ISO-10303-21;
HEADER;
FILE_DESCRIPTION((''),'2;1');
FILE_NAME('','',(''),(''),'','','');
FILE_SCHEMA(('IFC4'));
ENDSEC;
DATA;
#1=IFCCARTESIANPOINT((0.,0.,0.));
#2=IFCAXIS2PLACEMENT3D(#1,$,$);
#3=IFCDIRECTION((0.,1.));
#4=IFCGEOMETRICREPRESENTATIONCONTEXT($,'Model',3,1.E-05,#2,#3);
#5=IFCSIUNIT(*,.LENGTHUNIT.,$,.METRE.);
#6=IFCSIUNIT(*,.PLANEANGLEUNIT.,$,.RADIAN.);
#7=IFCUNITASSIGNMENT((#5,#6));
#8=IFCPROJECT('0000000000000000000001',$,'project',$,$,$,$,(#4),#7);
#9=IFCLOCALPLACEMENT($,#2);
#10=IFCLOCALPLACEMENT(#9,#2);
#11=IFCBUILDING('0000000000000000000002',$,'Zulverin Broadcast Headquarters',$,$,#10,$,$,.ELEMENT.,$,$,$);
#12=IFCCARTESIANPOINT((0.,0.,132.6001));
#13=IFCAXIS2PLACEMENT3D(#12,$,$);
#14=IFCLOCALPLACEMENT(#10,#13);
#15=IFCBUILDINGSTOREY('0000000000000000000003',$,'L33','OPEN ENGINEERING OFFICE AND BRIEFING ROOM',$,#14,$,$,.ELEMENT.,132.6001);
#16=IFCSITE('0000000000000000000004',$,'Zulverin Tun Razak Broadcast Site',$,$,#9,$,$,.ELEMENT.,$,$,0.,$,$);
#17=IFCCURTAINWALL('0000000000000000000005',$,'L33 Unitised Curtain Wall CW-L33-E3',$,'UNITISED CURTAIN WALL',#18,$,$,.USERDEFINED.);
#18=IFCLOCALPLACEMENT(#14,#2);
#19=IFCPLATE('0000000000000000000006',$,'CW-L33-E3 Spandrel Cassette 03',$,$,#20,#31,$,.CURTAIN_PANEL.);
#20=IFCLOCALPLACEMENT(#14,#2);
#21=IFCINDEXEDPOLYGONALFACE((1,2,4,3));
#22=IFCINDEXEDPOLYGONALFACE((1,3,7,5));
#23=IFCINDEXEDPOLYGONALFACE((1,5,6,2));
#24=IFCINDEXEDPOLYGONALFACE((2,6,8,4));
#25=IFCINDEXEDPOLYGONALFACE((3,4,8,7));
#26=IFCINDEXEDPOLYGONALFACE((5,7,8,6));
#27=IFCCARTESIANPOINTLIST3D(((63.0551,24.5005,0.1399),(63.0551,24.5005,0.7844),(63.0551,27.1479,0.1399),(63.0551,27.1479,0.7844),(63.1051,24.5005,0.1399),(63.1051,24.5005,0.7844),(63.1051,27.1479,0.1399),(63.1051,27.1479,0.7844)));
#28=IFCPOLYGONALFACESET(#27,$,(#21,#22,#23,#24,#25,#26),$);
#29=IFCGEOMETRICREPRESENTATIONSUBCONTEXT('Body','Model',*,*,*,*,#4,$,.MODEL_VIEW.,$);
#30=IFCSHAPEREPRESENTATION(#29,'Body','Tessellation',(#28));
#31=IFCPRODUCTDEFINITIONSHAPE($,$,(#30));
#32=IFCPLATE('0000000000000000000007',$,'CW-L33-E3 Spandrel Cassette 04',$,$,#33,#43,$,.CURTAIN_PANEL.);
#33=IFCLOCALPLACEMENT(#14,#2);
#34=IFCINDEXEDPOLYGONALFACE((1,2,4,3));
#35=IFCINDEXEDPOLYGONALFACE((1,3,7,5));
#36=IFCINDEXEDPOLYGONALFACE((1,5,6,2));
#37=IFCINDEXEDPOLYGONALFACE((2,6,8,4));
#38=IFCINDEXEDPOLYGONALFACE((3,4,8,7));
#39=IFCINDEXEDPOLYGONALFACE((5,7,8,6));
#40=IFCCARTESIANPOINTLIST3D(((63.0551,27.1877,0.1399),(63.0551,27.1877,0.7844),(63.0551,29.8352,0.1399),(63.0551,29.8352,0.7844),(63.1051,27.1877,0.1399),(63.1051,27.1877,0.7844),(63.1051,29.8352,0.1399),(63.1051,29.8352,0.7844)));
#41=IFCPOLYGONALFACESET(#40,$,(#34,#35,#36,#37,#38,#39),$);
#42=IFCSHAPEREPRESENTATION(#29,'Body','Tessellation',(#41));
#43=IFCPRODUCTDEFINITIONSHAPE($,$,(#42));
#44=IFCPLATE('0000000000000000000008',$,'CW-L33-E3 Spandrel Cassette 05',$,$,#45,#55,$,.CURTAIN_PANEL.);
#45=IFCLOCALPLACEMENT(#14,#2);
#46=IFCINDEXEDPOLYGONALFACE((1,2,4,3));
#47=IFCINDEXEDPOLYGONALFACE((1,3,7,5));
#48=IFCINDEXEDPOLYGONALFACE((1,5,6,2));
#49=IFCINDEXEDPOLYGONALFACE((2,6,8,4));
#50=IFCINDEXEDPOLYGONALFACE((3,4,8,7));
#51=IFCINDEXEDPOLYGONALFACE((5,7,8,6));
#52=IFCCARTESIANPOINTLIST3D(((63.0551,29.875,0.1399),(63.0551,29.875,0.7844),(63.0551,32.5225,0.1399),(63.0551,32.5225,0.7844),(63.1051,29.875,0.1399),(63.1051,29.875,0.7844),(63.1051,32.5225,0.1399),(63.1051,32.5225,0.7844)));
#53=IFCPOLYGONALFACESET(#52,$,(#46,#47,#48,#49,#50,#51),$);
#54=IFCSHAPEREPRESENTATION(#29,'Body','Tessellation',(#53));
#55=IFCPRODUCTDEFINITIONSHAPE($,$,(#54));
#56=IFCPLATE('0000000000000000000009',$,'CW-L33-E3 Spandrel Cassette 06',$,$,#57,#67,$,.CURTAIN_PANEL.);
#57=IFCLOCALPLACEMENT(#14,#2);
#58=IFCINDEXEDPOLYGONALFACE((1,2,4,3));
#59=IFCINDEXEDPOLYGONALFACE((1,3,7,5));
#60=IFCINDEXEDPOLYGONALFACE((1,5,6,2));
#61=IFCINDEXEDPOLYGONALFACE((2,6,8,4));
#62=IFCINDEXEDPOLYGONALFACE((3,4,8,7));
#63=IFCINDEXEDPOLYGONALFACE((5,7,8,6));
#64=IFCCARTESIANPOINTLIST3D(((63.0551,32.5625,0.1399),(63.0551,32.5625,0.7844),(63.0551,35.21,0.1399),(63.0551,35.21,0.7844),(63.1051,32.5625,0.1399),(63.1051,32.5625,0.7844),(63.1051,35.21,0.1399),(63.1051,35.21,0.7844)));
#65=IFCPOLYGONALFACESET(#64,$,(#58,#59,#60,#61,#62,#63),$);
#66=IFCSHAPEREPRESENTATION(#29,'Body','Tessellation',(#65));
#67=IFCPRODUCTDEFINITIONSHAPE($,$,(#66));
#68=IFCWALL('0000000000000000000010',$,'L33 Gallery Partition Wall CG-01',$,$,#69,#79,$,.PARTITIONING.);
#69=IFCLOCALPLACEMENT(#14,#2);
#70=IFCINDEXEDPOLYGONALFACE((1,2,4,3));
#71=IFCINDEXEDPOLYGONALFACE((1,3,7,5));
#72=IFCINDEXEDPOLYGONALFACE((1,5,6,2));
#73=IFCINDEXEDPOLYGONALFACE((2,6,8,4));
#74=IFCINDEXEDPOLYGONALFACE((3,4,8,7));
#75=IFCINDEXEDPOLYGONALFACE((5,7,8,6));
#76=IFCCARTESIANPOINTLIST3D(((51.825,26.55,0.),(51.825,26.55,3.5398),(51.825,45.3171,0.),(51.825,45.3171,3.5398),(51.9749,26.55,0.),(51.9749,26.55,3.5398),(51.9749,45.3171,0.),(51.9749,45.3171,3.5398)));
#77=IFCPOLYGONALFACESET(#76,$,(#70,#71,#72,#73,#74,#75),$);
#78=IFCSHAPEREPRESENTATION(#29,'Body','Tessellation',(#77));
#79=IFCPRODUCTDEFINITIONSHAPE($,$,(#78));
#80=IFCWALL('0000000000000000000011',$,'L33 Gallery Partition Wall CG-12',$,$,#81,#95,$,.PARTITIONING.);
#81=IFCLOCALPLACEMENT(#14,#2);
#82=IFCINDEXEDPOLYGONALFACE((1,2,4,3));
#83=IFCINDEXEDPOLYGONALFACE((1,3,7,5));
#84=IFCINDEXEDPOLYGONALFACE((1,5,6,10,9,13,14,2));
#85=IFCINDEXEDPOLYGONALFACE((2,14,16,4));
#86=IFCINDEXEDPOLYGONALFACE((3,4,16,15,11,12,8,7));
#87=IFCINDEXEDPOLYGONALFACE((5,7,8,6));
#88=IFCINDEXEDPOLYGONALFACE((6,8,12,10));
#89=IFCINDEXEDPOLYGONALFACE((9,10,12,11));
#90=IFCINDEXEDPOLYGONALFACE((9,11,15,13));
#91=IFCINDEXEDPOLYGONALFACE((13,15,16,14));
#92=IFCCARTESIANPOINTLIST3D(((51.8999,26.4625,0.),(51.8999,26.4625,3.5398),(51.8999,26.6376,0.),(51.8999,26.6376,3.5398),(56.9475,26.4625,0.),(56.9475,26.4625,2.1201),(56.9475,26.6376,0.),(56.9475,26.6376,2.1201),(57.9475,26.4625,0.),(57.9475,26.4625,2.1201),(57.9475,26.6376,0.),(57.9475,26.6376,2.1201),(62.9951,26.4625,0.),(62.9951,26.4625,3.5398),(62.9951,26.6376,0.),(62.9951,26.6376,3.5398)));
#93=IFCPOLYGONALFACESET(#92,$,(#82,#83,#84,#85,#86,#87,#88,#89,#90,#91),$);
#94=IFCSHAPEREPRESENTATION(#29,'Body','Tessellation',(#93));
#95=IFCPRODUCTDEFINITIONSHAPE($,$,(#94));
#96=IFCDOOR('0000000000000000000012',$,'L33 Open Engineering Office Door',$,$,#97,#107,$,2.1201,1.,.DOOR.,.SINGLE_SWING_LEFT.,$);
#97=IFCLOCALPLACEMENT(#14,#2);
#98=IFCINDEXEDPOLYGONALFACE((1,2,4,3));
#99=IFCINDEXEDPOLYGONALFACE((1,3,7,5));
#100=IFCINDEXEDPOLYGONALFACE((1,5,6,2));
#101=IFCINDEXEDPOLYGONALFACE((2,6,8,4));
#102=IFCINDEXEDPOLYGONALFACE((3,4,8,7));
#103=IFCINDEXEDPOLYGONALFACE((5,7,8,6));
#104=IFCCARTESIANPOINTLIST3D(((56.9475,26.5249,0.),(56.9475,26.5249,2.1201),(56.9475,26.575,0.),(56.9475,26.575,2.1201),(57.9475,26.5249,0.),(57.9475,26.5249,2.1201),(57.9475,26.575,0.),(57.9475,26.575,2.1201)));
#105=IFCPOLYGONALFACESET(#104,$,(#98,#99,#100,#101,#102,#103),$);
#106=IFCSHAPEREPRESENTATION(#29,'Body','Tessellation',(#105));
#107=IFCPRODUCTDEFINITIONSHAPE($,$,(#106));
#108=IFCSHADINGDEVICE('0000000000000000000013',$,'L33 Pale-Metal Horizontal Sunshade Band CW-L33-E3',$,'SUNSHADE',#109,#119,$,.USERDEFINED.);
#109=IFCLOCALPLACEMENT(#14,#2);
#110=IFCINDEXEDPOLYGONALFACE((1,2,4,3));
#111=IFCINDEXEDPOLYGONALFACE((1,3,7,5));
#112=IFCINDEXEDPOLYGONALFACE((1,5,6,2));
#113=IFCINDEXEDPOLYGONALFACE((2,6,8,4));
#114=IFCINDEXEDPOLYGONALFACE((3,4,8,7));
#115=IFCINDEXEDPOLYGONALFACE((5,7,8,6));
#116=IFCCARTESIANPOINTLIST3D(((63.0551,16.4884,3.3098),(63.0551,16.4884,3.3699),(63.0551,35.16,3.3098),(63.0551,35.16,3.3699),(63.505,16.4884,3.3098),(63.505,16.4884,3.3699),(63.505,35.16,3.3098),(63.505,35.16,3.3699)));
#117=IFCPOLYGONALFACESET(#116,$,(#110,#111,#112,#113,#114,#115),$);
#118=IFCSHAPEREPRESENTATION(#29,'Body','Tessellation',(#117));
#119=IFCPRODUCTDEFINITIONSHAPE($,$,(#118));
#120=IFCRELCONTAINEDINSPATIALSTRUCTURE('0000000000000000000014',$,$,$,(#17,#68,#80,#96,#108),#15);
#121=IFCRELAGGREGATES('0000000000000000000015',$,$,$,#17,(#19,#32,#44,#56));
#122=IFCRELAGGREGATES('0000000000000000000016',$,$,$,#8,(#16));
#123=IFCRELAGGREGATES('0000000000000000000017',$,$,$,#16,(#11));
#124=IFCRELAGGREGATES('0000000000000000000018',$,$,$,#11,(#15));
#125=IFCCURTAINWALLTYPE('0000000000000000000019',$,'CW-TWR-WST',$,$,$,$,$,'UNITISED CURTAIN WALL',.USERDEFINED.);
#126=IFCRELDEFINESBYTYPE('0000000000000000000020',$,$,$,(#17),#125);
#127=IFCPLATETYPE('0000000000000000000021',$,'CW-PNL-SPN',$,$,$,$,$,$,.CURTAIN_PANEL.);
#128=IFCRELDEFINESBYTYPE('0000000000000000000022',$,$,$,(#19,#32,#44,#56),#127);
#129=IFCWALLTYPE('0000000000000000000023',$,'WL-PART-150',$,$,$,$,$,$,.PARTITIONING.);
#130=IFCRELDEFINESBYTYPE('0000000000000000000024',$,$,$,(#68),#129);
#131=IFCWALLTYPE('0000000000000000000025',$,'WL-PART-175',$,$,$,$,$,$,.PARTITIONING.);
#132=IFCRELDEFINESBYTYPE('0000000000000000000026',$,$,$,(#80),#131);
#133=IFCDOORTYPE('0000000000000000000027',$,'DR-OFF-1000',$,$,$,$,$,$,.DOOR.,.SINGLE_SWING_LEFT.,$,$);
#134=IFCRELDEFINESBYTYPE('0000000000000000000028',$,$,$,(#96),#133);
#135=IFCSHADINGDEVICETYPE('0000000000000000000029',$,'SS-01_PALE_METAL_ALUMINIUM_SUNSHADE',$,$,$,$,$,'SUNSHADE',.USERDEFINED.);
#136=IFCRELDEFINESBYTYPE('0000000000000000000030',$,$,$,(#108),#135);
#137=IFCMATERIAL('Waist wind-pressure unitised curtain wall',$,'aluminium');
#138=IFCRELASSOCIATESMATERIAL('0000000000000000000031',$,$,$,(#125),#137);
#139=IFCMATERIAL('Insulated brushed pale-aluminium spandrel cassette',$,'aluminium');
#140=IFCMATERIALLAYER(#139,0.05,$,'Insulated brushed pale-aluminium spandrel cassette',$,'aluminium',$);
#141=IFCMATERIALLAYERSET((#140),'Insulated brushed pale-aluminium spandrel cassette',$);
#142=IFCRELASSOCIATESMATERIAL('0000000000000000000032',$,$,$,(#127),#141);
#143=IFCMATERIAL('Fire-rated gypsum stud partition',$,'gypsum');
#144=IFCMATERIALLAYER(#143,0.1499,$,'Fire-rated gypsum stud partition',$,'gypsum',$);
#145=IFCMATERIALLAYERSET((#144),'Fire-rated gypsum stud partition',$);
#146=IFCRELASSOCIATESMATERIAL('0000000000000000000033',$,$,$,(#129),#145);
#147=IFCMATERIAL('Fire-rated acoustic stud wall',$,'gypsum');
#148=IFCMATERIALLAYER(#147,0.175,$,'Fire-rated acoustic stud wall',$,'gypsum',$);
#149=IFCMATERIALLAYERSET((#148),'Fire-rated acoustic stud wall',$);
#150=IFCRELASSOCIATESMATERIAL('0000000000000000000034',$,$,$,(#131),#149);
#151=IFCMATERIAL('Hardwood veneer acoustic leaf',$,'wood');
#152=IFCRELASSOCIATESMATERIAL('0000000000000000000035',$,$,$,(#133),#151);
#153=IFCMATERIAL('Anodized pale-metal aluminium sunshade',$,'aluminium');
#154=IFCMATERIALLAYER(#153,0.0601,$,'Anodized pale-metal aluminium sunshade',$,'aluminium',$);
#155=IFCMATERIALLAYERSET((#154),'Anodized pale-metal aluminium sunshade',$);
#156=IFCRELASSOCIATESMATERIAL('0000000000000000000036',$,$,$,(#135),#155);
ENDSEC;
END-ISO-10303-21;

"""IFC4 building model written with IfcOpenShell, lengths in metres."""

from ifc_helpers import new_model, si_unit, direction, frame, frame_2d, origin, origin_2d, place, context, subcontext, project, spatial, rectangle, extrude, material, layer, layer_set, type_object, element, fill, aggregate, save


model = new_model("IFC4")

# Units and contexts
model_context = context("Model", 3, precision=1e-05, world=origin(), true_north=direction((0.0, 1.0)))
body_context = subcontext(model_context, "Body", "Model", "MODEL_VIEW")
ifc_project = project(units=[si_unit("LENGTHUNIT", "METRE"), si_unit("PLANEANGLEUNIT", "RADIAN")], contexts=[model_context])

# Site, building, storey
site_placement = place(None, origin())
site = spatial("IfcSite", under=ifc_project, at=site_placement, Name="Zulverin Tun Razak Broadcast Site", CompositionType="ELEMENT", RefElevation=0.0)
building_placement = place(site_placement, origin())
building = spatial("IfcBuilding", under=site, at=building_placement, Name="Zulverin Broadcast Headquarters", CompositionType="ELEMENT")
storey_placement = place(building_placement, frame((0.0, 0.0, 132.6001)))
storey = spatial("IfcBuildingStorey", under=building, at=storey_placement, Name="L33", Description="OPEN ENGINEERING OFFICE AND BRIEFING ROOM", CompositionType="ELEMENT", Elevation=132.6001)

# Curtain wall, plates
ifc_material_1 = material(Name="Waist wind-pressure unitised curtain wall", Category="aluminium")
curtain_wall_type = type_object("IfcCurtainWallType", Name="CW-TWR-WST", ElementType="UNITISED CURTAIN WALL", PredefinedType="USERDEFINED", material=ifc_material_1)
curtain_wall_placement = place(storey_placement, origin())
curtain_wall = element("IfcCurtainWall", 1, at=curtain_wall_placement, inside=storey, type_object=curtain_wall_type, Name="L33 Unitised Curtain Wall CW-L33-E3", ObjectType="UNITISED CURTAIN WALL", PredefinedType="USERDEFINED")
ifc_material_2 = material(Name="Insulated brushed pale-aluminium spandrel cassette", Category="aluminium")
ifc_layer_1 = layer(ifc_material_2, 0.05, Name="Insulated brushed pale-aluminium spandrel cassette", Category="aluminium")
ifc_layer_set_1 = layer_set([ifc_layer_1], Name="Insulated brushed pale-aluminium spandrel cassette")
plate_type_1 = type_object("IfcPlateType", Name="CW-PNL-SPN", PredefinedType="CURTAIN_PANEL", material=ifc_layer_set_1)
plate_1_placement = place(storey_placement, frame((63.0801, 25.8242, 0.1399), z_axis=(0.0, 0.0, 1.0), x_axis=(0.0, 1.0, 0.0)))
plate_1 = element("IfcPlate", 2, at=plate_1_placement, type_object=plate_type_1, Name="CW-L33-E3 Spandrel Cassette 03", PredefinedType="CURTAIN_PANEL", context=body_context, shape_type="SweptSolid", body=[
    extrude(rectangle(XDim=2.6475, YDim=0.05, at=origin_2d()), origin(), (0.0, 0.0, 1.0), 0.6445),
])
plate_2_placement = place(storey_placement, frame((63.0801, 28.5115, 0.1399), z_axis=(0.0, 0.0, 1.0), x_axis=(0.0, 1.0, 0.0)))
plate_2 = element("IfcPlate", 3, at=plate_2_placement, type_object=plate_type_1, Name="CW-L33-E3 Spandrel Cassette 04", PredefinedType="CURTAIN_PANEL", context=body_context, shape_type="SweptSolid", body=[
    extrude(rectangle(XDim=2.6475, YDim=0.05, at=origin_2d()), origin(), (0.0, 0.0, 1.0), 0.6445),
])
plate_3_placement = place(storey_placement, frame((63.0801, 31.1987, 0.1399), z_axis=(0.0, 0.0, 1.0), x_axis=(0.0, 1.0, 0.0)))
plate_3 = element("IfcPlate", 4, at=plate_3_placement, type_object=plate_type_1, Name="CW-L33-E3 Spandrel Cassette 05", PredefinedType="CURTAIN_PANEL", context=body_context, shape_type="SweptSolid", body=[
    extrude(rectangle(XDim=2.6475, YDim=0.05, at=origin_2d()), origin(), (0.0, 0.0, 1.0), 0.6445),
])
plate_4_placement = place(storey_placement, frame((63.0801, 33.8862, 0.1399), z_axis=(0.0, 0.0, 1.0), x_axis=(0.0, 1.0, 0.0)))
plate_4 = element("IfcPlate", 5, at=plate_4_placement, type_object=plate_type_1, Name="CW-L33-E3 Spandrel Cassette 06", PredefinedType="CURTAIN_PANEL", context=body_context, shape_type="SweptSolid", body=[
    extrude(rectangle(XDim=2.6475, YDim=0.05, at=origin_2d()), origin(), (0.0, 0.0, 1.0), 0.6445),
])
aggregate(curtain_wall, [plate_1, plate_2, plate_3, plate_4])

# Wall
ifc_material_3 = material(Name="Fire-rated gypsum stud partition", Category="gypsum")
ifc_layer_2 = layer(ifc_material_3, 0.1499, Name="Fire-rated gypsum stud partition", Category="gypsum")
ifc_layer_set_2 = layer_set([ifc_layer_2], Name="Fire-rated gypsum stud partition")
wall_type_1 = type_object("IfcWallType", Name="WL-PART-150", PredefinedType="PARTITIONING", material=ifc_layer_set_2)
wall_1_placement = place(storey_placement, frame((51.8999, 26.55, 0.0), z_axis=(0.0, 0.0, 1.0), x_axis=(0.0, 1.0, 0.0)))
element("IfcWall", 6, at=wall_1_placement, inside=storey, type_object=wall_type_1, Name="L33 Gallery Partition Wall CG-01", PredefinedType="PARTITIONING", context=body_context, shape_type="SweptSolid", body=[
    extrude(rectangle(XDim=18.7671, YDim=0.1499, at=frame_2d((9.3835, 0.0))), origin(), (0.0, 0.0, 1.0), 3.5398),
])

# Wall, opening, door
ifc_material_4 = material(Name="Fire-rated acoustic stud wall", Category="gypsum")
ifc_layer_3 = layer(ifc_material_4, 0.175, Name="Fire-rated acoustic stud wall", Category="gypsum")
ifc_layer_set_3 = layer_set([ifc_layer_3], Name="Fire-rated acoustic stud wall")
wall_type_2 = type_object("IfcWallType", Name="WL-PART-175", PredefinedType="PARTITIONING", material=ifc_layer_set_3)
wall_2_placement = place(storey_placement, frame((51.8999, 26.55, 0.0), z_axis=(0.0, 0.0, 1.0), x_axis=(1.0, 0.0, 0.0)))
wall_2 = element("IfcWall", 7, at=wall_2_placement, inside=storey, type_object=wall_type_2, Name="L33 Gallery Partition Wall CG-12", PredefinedType="PARTITIONING", context=body_context, shape_type="SweptSolid", body=[
    extrude(rectangle(XDim=11.0952, YDim=0.175, at=frame_2d((5.5476, 0.0))), origin(), (0.0, 0.0, 1.0), 3.5398),
])
opening_placement = place(wall_2_placement, frame((5.0476, 0.0, 0.0)))
opening = element("IfcOpeningElement", 8, at=opening_placement, cuts=wall_2, PredefinedType="OPENING", context=body_context, shape_type="SweptSolid", body=[
    extrude(rectangle(XDim=1.0, YDim=2.1201, at=frame_2d((0.5, 1.0601))), frame((0.0, 0.0974, 0.0), z_axis=(0.0, -1.0, 0.0), x_axis=(1.0, 0.0, 0.0)), (0.0, 0.0, 1.0), 0.1951),
])
ifc_material_5 = material(Name="Hardwood veneer acoustic leaf", Category="wood")
door_type = type_object("IfcDoorType", Name="DR-OFF-1000", OperationType="SINGLE_SWING_LEFT", PredefinedType="DOOR", material=ifc_material_5)
door_placement = place(opening_placement, origin())
door = element("IfcDoor", 9, at=door_placement, inside=storey, type_object=door_type, Name="L33 Open Engineering Office Door", OperationType="SINGLE_SWING_LEFT", OverallHeight=2.1201, OverallWidth=1.0, PredefinedType="DOOR", context=body_context, shape_type="SweptSolid", body=[
    extrude(rectangle(XDim=1.0, YDim=2.1201, at=frame_2d((0.5, 1.0601))), frame((0.0, 0.0249, 0.0), z_axis=(0.0, -1.0, 0.0), x_axis=(1.0, 0.0, 0.0)), (0.0, 0.0, 1.0), 0.05),
])
fill(opening, door)

# Shading device
ifc_material_6 = material(Name="Anodized pale-metal aluminium sunshade", Category="aluminium")
ifc_layer_4 = layer(ifc_material_6, 0.0601, Name="Anodized pale-metal aluminium sunshade", Category="aluminium")
ifc_layer_set_4 = layer_set([ifc_layer_4], Name="Anodized pale-metal aluminium sunshade")
shading_device_type = type_object("IfcShadingDeviceType", Name="SS-01_PALE_METAL_ALUMINIUM_SUNSHADE", ElementType="SUNSHADE", PredefinedType="USERDEFINED", material=ifc_layer_set_4)
shading_device_placement = place(storey_placement, frame((63.28, 25.8242, 3.3098), z_axis=(0.0, 0.0, 1.0), x_axis=(0.0, 1.0, 0.0)))
element("IfcShadingDevice", 10, at=shading_device_placement, inside=storey, type_object=shading_device_type, Name="L33 Pale-Metal Horizontal Sunshade Band CW-L33-E3", ObjectType="SUNSHADE", PredefinedType="USERDEFINED", context=body_context, shape_type="SweptSolid", body=[
    extrude(rectangle(XDim=18.6716, YDim=0.45, at=origin_2d()), origin(), (0.0, 0.0, 1.0), 0.0601),
])

save(model, "model.ifc")
